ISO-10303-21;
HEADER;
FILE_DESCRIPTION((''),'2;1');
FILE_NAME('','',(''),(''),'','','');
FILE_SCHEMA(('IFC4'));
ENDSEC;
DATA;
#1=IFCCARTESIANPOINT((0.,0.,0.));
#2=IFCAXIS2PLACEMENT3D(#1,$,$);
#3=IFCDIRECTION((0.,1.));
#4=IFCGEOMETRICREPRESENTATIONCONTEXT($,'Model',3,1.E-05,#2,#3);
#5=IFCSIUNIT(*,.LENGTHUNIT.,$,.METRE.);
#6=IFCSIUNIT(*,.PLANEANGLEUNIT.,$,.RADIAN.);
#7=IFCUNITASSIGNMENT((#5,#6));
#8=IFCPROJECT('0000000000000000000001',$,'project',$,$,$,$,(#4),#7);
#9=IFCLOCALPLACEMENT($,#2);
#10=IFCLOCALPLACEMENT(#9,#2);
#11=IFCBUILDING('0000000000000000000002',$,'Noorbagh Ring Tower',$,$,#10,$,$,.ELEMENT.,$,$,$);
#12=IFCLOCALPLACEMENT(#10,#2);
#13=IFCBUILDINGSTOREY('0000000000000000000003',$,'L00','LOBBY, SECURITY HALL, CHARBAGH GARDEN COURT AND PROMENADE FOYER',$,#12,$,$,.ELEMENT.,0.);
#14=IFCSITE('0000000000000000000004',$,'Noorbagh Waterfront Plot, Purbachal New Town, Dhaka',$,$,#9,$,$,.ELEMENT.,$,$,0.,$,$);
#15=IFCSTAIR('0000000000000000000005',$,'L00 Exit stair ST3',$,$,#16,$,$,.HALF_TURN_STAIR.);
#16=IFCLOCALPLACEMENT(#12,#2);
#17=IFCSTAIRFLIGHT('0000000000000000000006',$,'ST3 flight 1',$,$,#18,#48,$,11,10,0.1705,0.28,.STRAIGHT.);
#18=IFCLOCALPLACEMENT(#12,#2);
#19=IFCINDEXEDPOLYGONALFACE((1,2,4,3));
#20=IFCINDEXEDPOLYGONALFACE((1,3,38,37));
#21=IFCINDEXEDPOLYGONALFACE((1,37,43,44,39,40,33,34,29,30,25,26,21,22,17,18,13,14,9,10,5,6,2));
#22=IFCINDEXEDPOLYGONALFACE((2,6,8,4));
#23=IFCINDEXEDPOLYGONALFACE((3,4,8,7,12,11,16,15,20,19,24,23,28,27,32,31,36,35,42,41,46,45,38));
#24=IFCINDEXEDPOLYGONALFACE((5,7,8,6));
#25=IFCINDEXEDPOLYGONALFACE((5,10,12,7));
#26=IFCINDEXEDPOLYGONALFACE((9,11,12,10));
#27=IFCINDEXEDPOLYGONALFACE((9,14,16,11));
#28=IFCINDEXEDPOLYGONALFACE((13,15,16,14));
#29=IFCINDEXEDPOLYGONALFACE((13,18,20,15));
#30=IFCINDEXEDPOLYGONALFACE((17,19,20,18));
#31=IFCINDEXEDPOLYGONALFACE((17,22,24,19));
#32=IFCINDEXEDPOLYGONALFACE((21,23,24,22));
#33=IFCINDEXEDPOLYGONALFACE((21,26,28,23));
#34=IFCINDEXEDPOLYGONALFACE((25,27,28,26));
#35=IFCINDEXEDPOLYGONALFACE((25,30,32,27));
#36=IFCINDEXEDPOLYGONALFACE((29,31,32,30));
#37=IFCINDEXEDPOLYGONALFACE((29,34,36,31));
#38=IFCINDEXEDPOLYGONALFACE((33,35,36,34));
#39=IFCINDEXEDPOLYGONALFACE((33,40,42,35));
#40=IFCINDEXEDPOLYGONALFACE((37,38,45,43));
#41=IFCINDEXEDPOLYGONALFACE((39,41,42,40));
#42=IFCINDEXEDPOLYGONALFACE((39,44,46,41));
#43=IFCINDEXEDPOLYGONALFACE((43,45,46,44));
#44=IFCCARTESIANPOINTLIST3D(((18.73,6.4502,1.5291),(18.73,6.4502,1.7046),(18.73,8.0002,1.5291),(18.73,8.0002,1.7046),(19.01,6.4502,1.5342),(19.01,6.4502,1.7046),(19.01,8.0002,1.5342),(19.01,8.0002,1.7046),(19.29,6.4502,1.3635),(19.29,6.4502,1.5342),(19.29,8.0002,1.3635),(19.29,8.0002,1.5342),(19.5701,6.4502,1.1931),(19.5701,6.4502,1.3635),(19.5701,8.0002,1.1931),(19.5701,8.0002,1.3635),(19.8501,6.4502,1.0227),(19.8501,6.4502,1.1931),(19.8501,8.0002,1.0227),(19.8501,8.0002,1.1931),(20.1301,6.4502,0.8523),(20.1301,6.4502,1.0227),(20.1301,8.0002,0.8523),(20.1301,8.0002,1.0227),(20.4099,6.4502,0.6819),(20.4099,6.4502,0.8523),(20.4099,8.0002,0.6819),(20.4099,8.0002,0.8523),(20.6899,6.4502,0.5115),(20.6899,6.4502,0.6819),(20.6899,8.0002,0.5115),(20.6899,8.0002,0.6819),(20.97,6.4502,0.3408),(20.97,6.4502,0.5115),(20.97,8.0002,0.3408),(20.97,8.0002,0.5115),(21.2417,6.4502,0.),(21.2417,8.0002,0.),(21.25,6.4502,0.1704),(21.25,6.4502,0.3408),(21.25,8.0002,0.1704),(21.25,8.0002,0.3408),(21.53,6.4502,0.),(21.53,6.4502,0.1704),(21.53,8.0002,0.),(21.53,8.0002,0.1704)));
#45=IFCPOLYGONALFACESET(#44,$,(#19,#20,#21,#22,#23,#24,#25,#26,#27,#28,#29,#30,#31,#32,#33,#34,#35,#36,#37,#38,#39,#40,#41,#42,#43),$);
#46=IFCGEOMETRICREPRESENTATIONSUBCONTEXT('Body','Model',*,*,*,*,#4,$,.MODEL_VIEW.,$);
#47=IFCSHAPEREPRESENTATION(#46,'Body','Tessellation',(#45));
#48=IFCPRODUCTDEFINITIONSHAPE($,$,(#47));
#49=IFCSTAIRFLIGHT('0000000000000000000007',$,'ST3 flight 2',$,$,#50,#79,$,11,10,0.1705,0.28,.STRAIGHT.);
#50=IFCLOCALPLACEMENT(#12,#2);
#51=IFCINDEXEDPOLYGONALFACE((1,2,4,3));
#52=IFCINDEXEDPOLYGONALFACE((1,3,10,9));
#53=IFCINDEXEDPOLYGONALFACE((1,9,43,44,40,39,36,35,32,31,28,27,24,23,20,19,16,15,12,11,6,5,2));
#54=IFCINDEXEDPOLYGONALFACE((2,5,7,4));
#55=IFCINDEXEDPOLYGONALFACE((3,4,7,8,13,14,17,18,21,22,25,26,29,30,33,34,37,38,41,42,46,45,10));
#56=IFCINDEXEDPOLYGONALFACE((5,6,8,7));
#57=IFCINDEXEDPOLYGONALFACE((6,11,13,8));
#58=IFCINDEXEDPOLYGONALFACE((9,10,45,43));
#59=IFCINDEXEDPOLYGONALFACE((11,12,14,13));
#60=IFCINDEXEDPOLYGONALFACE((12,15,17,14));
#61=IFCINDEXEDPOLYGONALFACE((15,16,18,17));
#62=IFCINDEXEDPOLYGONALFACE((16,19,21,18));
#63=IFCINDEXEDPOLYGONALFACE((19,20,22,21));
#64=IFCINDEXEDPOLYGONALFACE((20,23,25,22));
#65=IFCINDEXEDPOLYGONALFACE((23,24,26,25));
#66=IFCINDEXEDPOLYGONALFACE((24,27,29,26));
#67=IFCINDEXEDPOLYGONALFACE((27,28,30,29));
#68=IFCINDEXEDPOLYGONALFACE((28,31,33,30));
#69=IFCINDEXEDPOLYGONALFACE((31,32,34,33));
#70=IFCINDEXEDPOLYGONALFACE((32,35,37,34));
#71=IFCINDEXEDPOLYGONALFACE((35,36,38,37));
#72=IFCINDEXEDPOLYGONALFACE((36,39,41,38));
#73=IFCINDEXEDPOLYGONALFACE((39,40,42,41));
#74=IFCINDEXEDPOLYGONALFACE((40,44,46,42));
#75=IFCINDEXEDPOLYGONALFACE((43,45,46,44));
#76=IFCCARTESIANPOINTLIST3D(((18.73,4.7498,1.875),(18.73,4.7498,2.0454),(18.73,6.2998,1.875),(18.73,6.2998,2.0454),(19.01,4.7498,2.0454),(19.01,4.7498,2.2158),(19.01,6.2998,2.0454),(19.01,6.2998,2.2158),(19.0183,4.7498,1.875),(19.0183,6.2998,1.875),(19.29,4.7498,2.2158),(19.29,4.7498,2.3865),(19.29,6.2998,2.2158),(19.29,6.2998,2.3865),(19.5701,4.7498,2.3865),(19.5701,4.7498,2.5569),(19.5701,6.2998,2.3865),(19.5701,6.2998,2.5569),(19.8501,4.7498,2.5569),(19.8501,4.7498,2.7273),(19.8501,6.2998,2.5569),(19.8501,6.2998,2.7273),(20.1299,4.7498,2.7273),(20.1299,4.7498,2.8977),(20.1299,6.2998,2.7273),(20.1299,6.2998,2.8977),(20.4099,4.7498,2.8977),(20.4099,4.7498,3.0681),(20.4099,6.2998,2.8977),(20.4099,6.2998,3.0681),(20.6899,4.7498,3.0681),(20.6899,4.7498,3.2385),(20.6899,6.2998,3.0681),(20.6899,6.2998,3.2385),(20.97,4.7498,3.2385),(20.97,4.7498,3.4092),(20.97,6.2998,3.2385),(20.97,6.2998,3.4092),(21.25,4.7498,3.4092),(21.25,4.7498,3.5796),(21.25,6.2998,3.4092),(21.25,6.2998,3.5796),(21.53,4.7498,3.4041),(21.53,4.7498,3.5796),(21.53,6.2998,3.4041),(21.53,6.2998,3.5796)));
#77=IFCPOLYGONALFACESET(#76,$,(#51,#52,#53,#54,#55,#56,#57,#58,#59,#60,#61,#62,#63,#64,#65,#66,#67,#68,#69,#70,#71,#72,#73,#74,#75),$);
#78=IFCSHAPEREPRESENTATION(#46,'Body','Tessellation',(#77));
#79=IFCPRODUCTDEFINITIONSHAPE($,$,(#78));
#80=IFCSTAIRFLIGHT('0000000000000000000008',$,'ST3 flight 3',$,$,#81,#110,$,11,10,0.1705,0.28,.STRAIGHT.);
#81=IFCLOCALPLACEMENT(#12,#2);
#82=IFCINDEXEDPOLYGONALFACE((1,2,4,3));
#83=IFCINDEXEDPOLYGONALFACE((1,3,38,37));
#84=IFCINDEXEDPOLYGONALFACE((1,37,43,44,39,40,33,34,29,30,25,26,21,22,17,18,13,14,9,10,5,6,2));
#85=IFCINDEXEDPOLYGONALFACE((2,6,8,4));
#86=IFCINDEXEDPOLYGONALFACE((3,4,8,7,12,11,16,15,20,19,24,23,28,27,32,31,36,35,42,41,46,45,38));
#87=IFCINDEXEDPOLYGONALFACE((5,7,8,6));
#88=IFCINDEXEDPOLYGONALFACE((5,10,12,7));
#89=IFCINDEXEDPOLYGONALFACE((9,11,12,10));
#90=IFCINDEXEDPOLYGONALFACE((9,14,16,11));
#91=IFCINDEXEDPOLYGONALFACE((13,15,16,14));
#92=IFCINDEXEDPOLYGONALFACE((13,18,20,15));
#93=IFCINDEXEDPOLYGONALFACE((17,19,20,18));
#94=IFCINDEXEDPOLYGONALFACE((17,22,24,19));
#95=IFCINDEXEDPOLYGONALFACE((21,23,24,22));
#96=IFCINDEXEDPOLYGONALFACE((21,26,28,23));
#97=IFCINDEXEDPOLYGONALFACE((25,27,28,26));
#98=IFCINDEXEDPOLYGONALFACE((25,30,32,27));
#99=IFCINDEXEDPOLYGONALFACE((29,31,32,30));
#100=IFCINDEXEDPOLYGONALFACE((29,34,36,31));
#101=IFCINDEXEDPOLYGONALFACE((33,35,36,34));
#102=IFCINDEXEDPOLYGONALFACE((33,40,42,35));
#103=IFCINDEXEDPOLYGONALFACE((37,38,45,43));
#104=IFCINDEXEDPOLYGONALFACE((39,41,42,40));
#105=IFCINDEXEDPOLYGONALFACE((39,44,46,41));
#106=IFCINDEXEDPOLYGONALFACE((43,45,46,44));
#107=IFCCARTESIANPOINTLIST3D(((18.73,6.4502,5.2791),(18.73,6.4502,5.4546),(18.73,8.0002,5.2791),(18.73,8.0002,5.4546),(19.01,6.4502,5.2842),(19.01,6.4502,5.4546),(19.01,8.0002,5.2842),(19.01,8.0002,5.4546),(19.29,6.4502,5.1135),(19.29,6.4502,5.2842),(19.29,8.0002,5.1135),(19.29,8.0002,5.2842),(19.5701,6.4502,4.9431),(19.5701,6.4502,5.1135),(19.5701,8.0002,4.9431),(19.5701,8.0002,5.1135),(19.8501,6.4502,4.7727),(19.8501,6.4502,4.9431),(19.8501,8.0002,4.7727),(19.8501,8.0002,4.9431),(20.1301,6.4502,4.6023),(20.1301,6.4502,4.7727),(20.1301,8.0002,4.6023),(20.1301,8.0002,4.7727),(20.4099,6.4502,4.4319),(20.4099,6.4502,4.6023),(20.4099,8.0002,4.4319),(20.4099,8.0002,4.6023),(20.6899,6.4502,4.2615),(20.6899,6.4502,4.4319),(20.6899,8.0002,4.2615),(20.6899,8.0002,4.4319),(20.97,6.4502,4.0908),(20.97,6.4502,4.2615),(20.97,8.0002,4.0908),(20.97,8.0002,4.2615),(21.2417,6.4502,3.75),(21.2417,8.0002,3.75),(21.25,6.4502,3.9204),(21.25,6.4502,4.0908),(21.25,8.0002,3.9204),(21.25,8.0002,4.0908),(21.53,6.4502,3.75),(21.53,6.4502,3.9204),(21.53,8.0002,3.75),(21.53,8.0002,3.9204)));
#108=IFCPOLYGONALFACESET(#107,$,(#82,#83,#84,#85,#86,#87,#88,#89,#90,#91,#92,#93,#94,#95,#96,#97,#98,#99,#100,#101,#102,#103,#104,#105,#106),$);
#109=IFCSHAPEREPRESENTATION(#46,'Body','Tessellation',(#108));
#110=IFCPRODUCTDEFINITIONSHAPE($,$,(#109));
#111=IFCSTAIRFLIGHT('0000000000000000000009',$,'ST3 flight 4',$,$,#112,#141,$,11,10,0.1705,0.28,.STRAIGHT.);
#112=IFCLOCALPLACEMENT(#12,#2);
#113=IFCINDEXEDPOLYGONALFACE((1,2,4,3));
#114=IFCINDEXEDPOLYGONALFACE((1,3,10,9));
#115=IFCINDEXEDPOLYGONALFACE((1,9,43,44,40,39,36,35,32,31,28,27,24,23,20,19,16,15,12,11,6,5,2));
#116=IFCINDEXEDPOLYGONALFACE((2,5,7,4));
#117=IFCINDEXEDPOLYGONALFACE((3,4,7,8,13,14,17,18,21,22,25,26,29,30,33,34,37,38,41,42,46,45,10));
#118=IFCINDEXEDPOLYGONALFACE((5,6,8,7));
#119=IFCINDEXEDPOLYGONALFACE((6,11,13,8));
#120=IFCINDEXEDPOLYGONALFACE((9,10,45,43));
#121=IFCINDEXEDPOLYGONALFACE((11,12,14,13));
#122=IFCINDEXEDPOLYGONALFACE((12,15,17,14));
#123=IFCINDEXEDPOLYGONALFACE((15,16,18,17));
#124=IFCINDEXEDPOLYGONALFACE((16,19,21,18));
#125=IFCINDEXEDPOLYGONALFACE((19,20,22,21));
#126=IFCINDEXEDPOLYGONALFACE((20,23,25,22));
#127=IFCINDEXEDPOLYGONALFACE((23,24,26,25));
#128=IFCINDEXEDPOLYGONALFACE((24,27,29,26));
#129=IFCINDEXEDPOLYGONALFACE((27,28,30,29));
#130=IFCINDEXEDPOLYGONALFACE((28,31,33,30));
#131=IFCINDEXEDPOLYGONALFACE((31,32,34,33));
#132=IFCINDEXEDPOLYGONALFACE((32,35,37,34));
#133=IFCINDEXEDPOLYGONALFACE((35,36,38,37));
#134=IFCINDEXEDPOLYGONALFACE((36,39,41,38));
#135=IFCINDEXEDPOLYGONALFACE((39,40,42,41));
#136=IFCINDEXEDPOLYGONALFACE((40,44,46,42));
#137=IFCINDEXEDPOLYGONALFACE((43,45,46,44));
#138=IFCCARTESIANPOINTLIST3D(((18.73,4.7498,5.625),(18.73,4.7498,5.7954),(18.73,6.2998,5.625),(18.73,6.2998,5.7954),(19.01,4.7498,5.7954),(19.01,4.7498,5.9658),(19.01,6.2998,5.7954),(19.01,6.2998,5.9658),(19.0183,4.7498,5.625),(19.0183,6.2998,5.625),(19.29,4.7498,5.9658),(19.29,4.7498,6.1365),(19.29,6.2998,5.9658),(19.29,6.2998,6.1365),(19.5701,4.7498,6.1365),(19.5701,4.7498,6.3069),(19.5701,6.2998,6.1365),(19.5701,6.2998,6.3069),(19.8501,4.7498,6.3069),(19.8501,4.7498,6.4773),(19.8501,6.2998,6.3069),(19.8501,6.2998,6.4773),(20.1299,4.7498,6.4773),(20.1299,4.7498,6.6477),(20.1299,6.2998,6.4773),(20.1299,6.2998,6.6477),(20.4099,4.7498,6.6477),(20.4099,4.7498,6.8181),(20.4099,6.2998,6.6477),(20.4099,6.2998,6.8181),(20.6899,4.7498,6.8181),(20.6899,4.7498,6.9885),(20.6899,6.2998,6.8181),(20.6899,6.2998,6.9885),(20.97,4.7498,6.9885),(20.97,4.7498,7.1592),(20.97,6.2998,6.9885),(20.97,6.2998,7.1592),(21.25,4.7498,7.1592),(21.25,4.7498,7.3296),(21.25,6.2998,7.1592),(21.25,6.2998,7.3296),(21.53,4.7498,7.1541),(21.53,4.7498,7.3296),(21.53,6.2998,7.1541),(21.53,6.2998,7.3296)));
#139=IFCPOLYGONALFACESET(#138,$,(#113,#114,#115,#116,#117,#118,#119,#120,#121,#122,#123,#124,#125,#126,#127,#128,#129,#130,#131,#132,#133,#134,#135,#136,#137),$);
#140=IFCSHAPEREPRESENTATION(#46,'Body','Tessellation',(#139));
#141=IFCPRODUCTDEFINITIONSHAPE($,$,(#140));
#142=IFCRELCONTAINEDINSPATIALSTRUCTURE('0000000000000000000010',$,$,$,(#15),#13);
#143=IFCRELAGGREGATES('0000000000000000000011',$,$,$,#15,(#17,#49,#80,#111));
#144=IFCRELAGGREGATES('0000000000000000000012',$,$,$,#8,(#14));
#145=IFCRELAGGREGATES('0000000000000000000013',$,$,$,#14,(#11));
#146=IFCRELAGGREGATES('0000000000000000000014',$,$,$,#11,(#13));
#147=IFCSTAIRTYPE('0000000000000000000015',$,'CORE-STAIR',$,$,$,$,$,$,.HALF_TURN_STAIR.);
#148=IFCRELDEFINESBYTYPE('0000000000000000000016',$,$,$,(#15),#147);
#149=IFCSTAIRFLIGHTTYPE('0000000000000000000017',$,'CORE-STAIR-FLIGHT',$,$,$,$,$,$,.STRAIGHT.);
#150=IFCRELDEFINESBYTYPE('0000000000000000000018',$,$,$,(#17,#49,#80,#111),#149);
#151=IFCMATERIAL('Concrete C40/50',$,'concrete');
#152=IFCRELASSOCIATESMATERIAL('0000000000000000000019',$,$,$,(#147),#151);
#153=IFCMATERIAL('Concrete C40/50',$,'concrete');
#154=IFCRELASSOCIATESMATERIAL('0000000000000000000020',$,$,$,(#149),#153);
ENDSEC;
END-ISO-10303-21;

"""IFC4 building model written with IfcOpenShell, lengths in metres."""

from ifc_helpers import new_model, si_unit, direction, frame, origin, place, context, subcontext, project, spatial, polyline, outline, extrude, material, type_object, element, aggregate, save


model = new_model("IFC4")

# Units and contexts
model_context = context("Model", 3, precision=1e-05, world=origin(), true_north=direction((0.0, 1.0)))
body_context = subcontext(model_context, "Body", "Model", "MODEL_VIEW")
ifc_project = project(units=[si_unit("LENGTHUNIT", "METRE"), si_unit("PLANEANGLEUNIT", "RADIAN")], contexts=[model_context])

# Site, building, storey
site_placement = place(None, origin())
site = spatial("IfcSite", under=ifc_project, at=site_placement, Name="Noorbagh Waterfront Plot, Purbachal New Town, Dhaka", CompositionType="ELEMENT", RefElevation=0.0)
building_placement = place(site_placement, origin())
building = spatial("IfcBuilding", under=site, at=building_placement, Name="Noorbagh Ring Tower", CompositionType="ELEMENT")
storey_placement = place(building_placement, origin())
storey = spatial("IfcBuildingStorey", under=building, at=storey_placement, Name="L00", Description="LOBBY, SECURITY HALL, CHARBAGH GARDEN COURT AND PROMENADE FOYER", CompositionType="ELEMENT", Elevation=0.0)

# Stair, stair flights
ifc_material_1 = material(Name="Concrete C40/50", Category="concrete")
stair_type = type_object("IfcStairType", Name="CORE-STAIR", PredefinedType="HALF_TURN_STAIR", material=ifc_material_1)
stair_placement = place(storey_placement, origin())
stair = element("IfcStair", 1, at=stair_placement, inside=storey, type_object=stair_type, Name="L00 Exit stair ST3", PredefinedType="HALF_TURN_STAIR")
ifc_material_2 = material(Name="Concrete C40/50", Category="concrete")
stair_flight_type = type_object("IfcStairFlightType", Name="CORE-STAIR-FLIGHT", PredefinedType="STRAIGHT", material=ifc_material_2)
stair_flight_1_placement = place(storey_placement, frame((21.53, 7.2251, 0.0), z_axis=(0.0, 0.0, 1.0), x_axis=(-1.0, 0.0, 0.0)))
stair_flight_1 = element("IfcStairFlight", 2, at=stair_flight_1_placement, type_object=stair_flight_type, Name="ST3 flight 1", NumberOfRisers=11, NumberOfTreads=10, PredefinedType="STRAIGHT", RiserHeight=0.1705, TreadLength=0.28, context=body_context, shape_type="SweptSolid", body=[
    extrude(outline(polyline([(0.0, 0.0), (0.0, 0.1704), (0.28, 0.1704), (0.28, 0.3408), (0.5601, 0.3408), (0.5601, 0.5115), (0.8401, 0.5115), (0.8401, 0.6819), (1.1201, 0.6819), (1.1201, 0.8523), (1.3999, 0.8523), (1.3999, 1.0227), (1.6799, 1.0227), (1.6799, 1.1931), (1.96, 1.1931), (1.96, 1.3635), (2.24, 1.3635), (2.24, 1.5342), (2.52, 1.5342), (2.52, 1.7046), (2.8, 1.7046), (2.8, 1.875), (2.8, 1.5291), (0.2883, 0.0), (0.0, 0.0)])), frame((0.0, 0.7749, 0.0), z_axis=(0.0, -1.0, 0.0), x_axis=(1.0, 0.0, 0.0)), (0.0, 0.0, 1.0), 1.55),
])
stair_flight_2_placement = place(storey_placement, frame((18.73, 5.5249, 1.875), z_axis=(0.0, 0.0, 1.0), x_axis=(1.0, 0.0, 0.0)))
stair_flight_2 = element("IfcStairFlight", 3, at=stair_flight_2_placement, type_object=stair_flight_type, Name="ST3 flight 2", NumberOfRisers=11, NumberOfTreads=10, PredefinedType="STRAIGHT", RiserHeight=0.1705, TreadLength=0.28, context=body_context, shape_type="SweptSolid", body=[
    extrude(outline(polyline([(0.0, 0.0), (0.0, 0.1704), (0.28, 0.1704), (0.28, 0.3408), (0.5601, 0.3408), (0.5601, 0.5115), (0.8401, 0.5115), (0.8401, 0.6819), (1.1201, 0.6819), (1.1201, 0.8523), (1.3999, 0.8523), (1.3999, 1.0227), (1.6799, 1.0227), (1.6799, 1.1931), (1.96, 1.1931), (1.96, 1.3635), (2.24, 1.3635), (2.24, 1.5342), (2.52, 1.5342), (2.52, 1.7046), (2.8, 1.7046), (2.8, 1.875), (2.8, 1.5291), (0.2883, 0.0), (0.0, 0.0)])), frame((0.0, 0.7749, 0.0), z_axis=(0.0, -1.0, 0.0), x_axis=(1.0, 0.0, 0.0)), (0.0, 0.0, 1.0), 1.55),
])
stair_flight_3_placement = place(storey_placement, frame((21.53, 7.2251, 3.75), z_axis=(0.0, 0.0, 1.0), x_axis=(-1.0, 0.0, 0.0)))
stair_flight_3 = element("IfcStairFlight", 4, at=stair_flight_3_placement, type_object=stair_flight_type, Name="ST3 flight 3", NumberOfRisers=11, NumberOfTreads=10, PredefinedType="STRAIGHT", RiserHeight=0.1705, TreadLength=0.28, context=body_context, shape_type="SweptSolid", body=[
    extrude(outline(polyline([(0.0, 0.0), (0.0, 0.1704), (0.28, 0.1704), (0.28, 0.3408), (0.5601, 0.3408), (0.5601, 0.5115), (0.8401, 0.5115), (0.8401, 0.6819), (1.1201, 0.6819), (1.1201, 0.8523), (1.3999, 0.8523), (1.3999, 1.0227), (1.6799, 1.0227), (1.6799, 1.1931), (1.96, 1.1931), (1.96, 1.3635), (2.24, 1.3635), (2.24, 1.5342), (2.52, 1.5342), (2.52, 1.7046), (2.8, 1.7046), (2.8, 1.875), (2.8, 1.5291), (0.2883, 0.0), (0.0, 0.0)])), frame((0.0, 0.7749, 0.0), z_axis=(0.0, -1.0, 0.0), x_axis=(1.0, 0.0, 0.0)), (0.0, 0.0, 1.0), 1.55),
])
stair_flight_4_placement = place(storey_placement, frame((18.73, 5.5249, 5.625), z_axis=(0.0, 0.0, 1.0), x_axis=(1.0, 0.0, 0.0)))
stair_flight_4 = element("IfcStairFlight", 5, at=stair_flight_4_placement, type_object=stair_flight_type, Name="ST3 flight 4", NumberOfRisers=11, NumberOfTreads=10, PredefinedType="STRAIGHT", RiserHeight=0.1705, TreadLength=0.28, context=body_context, shape_type="SweptSolid", body=[
    extrude(outline(polyline([(0.0, 0.0), (0.0, 0.1704), (0.28, 0.1704), (0.28, 0.3408), (0.5601, 0.3408), (0.5601, 0.5115), (0.8401, 0.5115), (0.8401, 0.6819), (1.1201, 0.6819), (1.1201, 0.8523), (1.3999, 0.8523), (1.3999, 1.0227), (1.6799, 1.0227), (1.6799, 1.1931), (1.96, 1.1931), (1.96, 1.3635), (2.24, 1.3635), (2.24, 1.5342), (2.52, 1.5342), (2.52, 1.7046), (2.8, 1.7046), (2.8, 1.875), (2.8, 1.5291), (0.2883, 0.0), (0.0, 0.0)])), frame((0.0, 0.7749, 0.0), z_axis=(0.0, -1.0, 0.0), x_axis=(1.0, 0.0, 0.0)), (0.0, 0.0, 1.0), 1.55),
])
aggregate(stair, [stair_flight_1, stair_flight_2, stair_flight_3, stair_flight_4])

save(model, "model.ifc")
